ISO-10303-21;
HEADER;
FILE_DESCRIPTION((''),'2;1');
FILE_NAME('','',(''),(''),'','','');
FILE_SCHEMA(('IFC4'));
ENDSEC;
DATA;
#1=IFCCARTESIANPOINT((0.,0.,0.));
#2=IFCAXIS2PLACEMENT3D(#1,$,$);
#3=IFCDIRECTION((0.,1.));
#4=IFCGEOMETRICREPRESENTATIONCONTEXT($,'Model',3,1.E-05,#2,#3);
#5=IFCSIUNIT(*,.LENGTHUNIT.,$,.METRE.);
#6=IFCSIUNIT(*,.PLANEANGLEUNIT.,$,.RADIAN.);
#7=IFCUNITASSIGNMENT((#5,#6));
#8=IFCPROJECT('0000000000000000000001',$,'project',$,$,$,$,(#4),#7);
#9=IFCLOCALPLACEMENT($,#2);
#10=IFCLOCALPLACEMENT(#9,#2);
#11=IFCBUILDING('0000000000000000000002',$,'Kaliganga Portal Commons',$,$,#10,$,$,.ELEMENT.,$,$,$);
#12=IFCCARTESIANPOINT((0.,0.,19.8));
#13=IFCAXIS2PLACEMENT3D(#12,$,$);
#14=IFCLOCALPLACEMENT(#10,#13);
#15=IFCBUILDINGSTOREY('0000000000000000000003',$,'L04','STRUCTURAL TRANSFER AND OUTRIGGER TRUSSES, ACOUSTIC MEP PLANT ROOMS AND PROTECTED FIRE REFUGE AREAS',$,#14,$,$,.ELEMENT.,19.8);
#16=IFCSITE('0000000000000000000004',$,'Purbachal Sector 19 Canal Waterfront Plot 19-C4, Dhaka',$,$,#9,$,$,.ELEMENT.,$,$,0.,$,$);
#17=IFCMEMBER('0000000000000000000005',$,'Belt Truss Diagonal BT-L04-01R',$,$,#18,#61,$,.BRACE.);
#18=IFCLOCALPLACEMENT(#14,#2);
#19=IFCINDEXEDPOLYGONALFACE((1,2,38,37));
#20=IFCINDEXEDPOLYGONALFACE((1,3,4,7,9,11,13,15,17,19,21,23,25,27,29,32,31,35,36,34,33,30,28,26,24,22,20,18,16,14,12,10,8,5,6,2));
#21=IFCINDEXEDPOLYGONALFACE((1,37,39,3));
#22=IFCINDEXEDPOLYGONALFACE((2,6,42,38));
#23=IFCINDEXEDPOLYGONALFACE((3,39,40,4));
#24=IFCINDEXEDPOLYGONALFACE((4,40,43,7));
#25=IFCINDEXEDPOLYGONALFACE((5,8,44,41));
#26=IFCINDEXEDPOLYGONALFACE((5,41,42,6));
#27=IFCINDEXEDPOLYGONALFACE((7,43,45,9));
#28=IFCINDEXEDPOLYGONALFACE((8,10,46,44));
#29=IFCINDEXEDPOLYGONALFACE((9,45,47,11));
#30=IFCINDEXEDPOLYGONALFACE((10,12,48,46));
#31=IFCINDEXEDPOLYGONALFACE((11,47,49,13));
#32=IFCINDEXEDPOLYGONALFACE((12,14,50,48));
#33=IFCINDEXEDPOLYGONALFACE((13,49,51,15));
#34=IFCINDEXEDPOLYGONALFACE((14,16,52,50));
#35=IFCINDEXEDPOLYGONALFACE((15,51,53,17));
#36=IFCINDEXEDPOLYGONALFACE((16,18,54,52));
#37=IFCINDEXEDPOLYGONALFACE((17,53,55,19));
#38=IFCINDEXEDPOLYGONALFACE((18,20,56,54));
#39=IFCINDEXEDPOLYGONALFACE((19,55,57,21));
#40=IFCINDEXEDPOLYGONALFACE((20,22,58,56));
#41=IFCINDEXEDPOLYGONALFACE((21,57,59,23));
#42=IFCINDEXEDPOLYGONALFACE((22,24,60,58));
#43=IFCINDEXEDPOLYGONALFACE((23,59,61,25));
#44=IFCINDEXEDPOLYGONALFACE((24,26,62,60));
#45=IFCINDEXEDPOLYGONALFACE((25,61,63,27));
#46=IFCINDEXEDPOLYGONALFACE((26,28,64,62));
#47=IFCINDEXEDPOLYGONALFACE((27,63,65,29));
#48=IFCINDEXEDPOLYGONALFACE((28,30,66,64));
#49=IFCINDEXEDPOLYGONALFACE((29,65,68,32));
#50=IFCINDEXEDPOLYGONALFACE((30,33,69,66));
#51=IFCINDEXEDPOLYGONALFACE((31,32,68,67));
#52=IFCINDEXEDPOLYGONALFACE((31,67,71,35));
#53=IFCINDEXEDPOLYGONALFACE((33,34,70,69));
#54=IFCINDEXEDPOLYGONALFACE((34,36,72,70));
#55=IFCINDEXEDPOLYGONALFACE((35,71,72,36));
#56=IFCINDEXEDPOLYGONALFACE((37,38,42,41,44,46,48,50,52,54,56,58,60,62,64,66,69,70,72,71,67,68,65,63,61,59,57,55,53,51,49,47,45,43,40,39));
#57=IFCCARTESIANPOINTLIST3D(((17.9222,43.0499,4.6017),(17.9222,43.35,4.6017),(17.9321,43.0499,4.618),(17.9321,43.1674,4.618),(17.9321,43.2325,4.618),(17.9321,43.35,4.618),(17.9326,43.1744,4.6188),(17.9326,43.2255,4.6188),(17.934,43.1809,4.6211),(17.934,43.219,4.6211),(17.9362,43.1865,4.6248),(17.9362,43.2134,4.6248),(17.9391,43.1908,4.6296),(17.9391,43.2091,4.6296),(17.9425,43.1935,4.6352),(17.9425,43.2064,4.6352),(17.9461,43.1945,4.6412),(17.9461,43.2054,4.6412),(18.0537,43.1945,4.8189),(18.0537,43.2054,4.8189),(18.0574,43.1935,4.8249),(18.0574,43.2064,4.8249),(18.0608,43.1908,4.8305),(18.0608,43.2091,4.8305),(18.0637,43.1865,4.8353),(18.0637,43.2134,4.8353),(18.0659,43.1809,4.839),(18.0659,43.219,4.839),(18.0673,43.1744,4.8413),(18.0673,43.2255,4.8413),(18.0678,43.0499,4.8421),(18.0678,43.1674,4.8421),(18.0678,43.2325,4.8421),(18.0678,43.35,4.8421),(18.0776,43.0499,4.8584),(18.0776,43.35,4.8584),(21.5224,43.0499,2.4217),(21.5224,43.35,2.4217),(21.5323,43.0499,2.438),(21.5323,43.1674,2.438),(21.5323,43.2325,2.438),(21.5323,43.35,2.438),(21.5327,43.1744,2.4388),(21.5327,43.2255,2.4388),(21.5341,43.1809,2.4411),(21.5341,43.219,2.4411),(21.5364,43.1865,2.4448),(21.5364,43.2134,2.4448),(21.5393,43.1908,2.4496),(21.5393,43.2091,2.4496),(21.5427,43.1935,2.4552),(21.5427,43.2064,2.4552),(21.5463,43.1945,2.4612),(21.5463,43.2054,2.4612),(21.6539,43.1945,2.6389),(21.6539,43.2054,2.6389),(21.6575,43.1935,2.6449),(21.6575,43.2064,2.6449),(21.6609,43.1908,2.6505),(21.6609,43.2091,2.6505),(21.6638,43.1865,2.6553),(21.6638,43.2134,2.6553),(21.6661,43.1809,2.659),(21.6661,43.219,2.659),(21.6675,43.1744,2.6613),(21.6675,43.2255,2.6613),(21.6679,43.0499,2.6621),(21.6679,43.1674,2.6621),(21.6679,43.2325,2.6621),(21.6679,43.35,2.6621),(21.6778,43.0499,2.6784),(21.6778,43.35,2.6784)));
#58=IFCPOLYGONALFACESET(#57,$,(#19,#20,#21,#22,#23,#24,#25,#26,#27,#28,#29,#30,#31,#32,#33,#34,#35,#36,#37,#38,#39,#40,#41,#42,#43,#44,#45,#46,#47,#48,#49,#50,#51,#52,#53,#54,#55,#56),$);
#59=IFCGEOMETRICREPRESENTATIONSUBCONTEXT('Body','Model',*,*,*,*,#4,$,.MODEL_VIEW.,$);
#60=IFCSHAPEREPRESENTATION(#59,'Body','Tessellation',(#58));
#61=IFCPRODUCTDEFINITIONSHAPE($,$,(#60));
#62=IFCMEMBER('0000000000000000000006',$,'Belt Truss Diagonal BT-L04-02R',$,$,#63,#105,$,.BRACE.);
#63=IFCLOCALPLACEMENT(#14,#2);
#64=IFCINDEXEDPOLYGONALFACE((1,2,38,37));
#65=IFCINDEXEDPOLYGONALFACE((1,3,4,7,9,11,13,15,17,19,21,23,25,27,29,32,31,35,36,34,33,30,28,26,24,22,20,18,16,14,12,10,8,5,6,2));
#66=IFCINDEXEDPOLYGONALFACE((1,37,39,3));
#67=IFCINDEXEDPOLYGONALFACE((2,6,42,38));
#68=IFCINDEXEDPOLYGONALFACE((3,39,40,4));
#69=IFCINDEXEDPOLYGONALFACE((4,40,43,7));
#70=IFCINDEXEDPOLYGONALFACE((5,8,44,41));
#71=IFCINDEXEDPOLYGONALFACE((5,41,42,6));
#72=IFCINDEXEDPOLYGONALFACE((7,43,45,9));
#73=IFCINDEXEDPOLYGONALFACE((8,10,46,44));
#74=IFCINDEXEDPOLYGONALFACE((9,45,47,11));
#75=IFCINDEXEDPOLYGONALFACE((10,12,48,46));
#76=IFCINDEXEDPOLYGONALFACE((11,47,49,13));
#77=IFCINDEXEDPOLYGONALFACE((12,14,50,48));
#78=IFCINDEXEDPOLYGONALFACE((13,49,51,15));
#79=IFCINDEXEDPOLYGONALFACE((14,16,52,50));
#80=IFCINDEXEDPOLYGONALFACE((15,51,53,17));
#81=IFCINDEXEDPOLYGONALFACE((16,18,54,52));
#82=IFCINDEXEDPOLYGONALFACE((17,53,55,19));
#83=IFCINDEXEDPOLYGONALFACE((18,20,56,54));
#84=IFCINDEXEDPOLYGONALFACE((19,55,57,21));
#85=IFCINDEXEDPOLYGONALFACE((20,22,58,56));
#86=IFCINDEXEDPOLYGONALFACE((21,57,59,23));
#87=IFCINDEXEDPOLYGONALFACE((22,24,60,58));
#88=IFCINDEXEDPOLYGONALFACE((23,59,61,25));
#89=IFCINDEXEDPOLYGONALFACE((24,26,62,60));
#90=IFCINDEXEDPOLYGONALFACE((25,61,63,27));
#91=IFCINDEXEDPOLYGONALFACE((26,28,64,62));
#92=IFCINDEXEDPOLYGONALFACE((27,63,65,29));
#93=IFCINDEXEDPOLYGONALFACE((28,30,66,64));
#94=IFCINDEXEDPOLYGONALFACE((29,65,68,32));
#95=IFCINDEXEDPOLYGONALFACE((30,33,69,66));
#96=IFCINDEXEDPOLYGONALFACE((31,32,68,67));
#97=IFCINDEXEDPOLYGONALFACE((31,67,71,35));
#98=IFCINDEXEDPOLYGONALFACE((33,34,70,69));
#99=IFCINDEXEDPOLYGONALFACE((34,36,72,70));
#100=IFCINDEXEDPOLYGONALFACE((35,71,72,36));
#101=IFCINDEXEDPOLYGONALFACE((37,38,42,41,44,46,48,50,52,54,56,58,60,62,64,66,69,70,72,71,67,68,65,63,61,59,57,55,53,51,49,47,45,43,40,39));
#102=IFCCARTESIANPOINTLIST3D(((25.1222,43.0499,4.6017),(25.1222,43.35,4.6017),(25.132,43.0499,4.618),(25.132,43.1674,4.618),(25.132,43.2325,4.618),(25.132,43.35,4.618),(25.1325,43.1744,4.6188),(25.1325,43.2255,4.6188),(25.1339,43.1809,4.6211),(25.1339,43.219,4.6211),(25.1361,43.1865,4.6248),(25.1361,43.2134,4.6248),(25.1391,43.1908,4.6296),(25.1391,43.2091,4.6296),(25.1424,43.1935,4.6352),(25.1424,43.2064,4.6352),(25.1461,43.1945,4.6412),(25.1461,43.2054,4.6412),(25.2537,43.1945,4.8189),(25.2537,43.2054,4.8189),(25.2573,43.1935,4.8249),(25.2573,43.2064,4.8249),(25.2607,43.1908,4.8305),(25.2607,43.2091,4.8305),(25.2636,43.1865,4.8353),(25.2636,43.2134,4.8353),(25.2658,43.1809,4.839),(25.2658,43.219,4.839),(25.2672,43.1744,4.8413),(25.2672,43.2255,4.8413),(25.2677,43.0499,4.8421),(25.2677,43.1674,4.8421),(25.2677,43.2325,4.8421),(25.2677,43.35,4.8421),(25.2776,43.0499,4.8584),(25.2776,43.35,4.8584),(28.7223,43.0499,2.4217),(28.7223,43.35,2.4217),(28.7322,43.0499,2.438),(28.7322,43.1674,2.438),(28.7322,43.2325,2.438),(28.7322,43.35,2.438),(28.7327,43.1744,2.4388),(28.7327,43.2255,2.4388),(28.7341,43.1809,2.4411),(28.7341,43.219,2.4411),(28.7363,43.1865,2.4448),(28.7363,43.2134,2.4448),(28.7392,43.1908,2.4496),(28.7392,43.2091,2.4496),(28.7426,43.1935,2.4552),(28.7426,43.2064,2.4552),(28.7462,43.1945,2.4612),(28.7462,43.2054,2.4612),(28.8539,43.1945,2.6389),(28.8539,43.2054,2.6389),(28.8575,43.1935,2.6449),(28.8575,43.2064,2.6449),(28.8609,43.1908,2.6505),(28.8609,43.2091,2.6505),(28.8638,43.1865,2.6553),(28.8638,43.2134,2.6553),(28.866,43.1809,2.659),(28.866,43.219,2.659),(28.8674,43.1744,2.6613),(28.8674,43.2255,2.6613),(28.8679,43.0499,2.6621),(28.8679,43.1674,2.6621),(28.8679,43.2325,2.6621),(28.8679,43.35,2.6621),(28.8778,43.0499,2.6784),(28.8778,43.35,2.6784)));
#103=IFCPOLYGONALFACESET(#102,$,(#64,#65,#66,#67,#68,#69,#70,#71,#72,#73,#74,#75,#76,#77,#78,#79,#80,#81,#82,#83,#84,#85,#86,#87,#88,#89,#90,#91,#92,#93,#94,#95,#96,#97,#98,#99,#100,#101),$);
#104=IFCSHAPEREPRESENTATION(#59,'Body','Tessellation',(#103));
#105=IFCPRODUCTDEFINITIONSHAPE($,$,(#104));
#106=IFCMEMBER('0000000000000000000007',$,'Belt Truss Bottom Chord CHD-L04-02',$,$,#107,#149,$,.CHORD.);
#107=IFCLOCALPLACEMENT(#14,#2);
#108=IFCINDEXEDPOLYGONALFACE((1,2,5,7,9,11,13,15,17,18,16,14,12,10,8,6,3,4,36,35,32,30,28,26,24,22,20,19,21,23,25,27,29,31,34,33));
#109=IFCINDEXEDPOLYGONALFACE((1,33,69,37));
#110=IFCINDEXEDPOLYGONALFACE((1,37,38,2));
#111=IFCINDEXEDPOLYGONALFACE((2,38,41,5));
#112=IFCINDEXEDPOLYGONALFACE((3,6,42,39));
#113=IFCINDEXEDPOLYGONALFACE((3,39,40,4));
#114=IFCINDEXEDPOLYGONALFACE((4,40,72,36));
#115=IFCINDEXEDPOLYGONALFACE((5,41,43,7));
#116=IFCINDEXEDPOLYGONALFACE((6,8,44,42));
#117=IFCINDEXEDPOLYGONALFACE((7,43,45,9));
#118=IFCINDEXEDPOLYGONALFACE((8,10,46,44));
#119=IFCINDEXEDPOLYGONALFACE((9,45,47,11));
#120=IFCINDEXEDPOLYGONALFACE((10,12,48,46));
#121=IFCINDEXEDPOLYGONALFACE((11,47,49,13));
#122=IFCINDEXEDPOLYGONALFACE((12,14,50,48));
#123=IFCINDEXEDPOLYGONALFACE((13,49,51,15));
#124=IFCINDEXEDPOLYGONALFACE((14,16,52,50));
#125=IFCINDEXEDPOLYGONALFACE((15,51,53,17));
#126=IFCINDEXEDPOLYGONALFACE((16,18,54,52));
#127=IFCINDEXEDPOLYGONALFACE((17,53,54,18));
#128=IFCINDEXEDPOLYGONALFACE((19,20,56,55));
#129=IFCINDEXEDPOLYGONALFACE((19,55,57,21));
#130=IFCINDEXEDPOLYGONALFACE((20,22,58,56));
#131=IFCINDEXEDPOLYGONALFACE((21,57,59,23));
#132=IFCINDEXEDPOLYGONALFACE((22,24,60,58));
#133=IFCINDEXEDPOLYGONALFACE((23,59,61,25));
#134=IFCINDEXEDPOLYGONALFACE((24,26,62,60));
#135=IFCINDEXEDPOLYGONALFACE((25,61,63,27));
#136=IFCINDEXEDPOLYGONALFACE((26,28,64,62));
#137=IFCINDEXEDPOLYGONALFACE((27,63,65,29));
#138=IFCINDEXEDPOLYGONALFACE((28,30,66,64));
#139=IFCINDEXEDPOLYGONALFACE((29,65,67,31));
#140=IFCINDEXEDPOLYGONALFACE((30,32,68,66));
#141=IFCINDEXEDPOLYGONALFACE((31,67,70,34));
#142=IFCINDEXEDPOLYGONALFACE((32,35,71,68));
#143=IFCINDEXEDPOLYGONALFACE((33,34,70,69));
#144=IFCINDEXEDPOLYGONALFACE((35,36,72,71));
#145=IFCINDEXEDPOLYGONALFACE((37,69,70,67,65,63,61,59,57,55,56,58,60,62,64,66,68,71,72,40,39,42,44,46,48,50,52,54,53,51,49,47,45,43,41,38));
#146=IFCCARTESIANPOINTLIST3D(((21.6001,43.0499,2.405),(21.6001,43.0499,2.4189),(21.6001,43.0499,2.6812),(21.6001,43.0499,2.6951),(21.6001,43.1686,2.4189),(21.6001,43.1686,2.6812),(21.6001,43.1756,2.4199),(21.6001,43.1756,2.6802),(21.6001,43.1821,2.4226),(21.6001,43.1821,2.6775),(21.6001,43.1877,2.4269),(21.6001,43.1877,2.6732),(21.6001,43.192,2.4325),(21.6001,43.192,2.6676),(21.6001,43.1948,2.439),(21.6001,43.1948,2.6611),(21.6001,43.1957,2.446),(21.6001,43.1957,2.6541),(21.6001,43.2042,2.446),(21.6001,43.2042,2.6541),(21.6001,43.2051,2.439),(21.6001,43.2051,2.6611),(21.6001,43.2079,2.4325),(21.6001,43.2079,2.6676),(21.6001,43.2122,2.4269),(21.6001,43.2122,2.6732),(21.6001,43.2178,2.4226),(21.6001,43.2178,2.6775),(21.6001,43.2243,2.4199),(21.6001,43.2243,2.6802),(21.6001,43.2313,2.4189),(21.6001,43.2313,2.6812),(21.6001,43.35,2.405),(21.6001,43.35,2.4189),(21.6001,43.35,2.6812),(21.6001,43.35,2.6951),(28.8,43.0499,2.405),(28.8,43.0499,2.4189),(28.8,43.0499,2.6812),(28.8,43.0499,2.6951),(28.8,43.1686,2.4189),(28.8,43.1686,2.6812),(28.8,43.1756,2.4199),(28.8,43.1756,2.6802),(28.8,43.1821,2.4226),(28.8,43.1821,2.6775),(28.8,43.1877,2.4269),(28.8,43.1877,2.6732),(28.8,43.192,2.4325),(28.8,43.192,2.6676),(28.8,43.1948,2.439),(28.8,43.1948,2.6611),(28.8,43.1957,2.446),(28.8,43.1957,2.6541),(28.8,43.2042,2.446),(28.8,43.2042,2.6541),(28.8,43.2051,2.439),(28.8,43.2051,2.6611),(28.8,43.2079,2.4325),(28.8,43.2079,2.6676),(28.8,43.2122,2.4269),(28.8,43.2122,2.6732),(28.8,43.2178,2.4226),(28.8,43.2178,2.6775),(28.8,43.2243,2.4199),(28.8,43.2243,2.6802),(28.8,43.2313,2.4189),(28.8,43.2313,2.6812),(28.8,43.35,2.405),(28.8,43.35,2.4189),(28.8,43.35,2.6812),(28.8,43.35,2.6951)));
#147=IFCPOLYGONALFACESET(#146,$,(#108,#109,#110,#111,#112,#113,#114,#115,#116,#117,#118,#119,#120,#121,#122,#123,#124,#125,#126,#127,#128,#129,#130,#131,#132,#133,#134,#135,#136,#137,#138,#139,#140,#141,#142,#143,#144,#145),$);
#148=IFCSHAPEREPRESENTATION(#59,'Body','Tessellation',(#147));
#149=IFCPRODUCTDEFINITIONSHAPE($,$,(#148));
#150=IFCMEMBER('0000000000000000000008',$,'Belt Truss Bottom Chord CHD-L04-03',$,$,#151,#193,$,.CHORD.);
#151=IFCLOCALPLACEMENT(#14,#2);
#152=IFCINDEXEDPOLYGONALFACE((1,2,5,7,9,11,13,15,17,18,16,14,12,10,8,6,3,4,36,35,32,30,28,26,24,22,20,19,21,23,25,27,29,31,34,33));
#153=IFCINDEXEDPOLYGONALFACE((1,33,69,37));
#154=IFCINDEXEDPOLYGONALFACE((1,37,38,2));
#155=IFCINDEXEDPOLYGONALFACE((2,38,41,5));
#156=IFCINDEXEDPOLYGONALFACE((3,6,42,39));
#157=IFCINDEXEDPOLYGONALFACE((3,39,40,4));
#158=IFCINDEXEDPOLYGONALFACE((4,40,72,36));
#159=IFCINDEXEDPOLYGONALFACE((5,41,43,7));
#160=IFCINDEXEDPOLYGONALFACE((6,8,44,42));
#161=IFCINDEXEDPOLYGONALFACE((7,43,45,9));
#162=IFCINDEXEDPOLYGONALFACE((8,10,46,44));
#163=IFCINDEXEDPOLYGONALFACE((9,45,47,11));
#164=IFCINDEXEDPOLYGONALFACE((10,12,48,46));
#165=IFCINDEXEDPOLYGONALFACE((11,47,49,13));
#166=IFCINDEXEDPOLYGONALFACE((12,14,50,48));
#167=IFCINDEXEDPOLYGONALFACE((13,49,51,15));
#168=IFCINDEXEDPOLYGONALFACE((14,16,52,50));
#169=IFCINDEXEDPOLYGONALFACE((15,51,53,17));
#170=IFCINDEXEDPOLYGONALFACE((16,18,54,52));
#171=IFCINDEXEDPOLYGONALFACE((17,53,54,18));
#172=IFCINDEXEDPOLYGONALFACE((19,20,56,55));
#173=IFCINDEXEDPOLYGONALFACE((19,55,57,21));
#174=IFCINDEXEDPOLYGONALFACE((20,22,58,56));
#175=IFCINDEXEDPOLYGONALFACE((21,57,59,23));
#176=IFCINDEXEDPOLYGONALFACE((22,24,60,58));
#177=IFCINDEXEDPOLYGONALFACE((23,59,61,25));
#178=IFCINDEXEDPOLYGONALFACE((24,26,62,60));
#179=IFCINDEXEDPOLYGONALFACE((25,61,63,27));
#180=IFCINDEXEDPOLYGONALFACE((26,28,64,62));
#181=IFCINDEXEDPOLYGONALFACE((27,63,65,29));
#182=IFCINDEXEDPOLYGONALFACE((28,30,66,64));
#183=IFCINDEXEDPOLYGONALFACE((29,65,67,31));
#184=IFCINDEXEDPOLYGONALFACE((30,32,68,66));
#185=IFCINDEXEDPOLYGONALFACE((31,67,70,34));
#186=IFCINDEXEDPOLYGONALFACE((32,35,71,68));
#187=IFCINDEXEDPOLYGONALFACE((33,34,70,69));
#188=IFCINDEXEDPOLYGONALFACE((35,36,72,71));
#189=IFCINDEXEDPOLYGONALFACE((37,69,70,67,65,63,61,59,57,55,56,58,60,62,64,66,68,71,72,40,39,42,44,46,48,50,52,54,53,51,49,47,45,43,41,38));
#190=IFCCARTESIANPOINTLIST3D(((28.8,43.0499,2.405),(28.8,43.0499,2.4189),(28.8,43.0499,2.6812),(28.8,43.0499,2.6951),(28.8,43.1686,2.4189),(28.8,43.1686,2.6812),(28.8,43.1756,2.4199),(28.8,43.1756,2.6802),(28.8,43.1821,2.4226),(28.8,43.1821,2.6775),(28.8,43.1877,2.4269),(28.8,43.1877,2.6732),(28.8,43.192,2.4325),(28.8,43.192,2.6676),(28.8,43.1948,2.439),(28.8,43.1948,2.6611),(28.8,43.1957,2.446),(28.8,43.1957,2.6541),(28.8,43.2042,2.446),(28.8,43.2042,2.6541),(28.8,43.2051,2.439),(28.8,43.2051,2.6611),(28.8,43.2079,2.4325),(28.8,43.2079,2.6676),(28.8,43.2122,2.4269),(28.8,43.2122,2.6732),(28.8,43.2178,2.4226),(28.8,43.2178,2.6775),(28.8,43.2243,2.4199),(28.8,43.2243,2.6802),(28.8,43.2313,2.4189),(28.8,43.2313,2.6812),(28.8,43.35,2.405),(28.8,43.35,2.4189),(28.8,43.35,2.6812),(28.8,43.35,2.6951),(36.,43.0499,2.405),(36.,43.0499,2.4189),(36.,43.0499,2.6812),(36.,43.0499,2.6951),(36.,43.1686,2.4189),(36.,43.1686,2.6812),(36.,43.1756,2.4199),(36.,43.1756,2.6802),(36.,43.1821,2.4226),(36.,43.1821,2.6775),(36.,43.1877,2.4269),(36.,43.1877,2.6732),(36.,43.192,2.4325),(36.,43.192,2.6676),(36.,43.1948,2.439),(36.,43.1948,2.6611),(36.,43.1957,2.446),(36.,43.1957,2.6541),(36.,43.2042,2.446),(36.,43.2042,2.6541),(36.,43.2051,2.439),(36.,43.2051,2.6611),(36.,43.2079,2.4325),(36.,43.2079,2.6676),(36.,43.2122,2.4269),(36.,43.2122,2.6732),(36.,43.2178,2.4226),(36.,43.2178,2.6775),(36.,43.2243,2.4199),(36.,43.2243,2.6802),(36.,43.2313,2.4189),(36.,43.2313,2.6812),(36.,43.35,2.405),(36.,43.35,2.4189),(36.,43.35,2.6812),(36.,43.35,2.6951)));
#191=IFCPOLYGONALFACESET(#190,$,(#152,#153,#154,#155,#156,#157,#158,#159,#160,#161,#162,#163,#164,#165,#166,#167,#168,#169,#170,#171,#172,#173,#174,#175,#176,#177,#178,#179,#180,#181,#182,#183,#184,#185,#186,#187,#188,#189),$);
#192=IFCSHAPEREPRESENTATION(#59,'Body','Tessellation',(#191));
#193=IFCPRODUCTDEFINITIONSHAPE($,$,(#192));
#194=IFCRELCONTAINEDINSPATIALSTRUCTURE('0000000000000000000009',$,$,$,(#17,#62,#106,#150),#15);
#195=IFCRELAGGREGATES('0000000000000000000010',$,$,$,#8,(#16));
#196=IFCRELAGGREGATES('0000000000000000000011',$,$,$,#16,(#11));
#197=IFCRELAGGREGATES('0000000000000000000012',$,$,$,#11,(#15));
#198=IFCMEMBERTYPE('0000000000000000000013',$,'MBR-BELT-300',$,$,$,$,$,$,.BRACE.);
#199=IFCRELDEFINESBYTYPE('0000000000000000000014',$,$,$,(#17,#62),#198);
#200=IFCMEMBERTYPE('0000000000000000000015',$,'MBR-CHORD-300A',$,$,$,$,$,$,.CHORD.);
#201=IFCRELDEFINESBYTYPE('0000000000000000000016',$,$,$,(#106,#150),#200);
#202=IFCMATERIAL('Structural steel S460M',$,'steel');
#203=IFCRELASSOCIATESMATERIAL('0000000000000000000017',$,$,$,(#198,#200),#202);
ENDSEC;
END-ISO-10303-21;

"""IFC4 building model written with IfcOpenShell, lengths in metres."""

from ifc_helpers import new_model, si_unit, direction, frame, origin, origin_2d, place, context, subcontext, project, spatial, i_section, extrude, source, transform, mapped, material, material_profile, profile_set, type_object, element, save


model = new_model("IFC4")

# Units and contexts
model_context = context("Model", 3, precision=1e-05, world=origin(), true_north=direction((0.0, 1.0)))
body_context = subcontext(model_context, "Body", "Model", "MODEL_VIEW")
ifc_project = project(units=[si_unit("LENGTHUNIT", "METRE"), si_unit("PLANEANGLEUNIT", "RADIAN")], contexts=[model_context])

# Site, building, storey
site_placement = place(None, origin())
site = spatial("IfcSite", under=ifc_project, at=site_placement, Name="Purbachal Sector 19 Canal Waterfront Plot 19-C4, Dhaka", CompositionType="ELEMENT", RefElevation=0.0)
building_placement = place(site_placement, origin())
building = spatial("IfcBuilding", under=site, at=building_placement, Name="Kaliganga Portal Commons", CompositionType="ELEMENT")
storey_placement = place(building_placement, frame((0.0, 0.0, 19.8)))
storey = spatial("IfcBuildingStorey", under=building, at=storey_placement, Name="L04", Description="STRUCTURAL TRANSFER AND OUTRIGGER TRUSSES, ACOUSTIC MEP PLANT ROOMS AND PROTECTED FIRE REFUGE AREAS", CompositionType="ELEMENT", Elevation=19.8)

# Members
ifc_material_1 = material(Name="Structural steel S460M", Category="steel")
ifc_material_profile_1 = material_profile(ifc_material_1, i_section(OverallWidth=0.3, OverallDepth=0.3, WebThickness=0.011, FlangeThickness=0.019, FilletRadius=0.0271, at=origin_2d()), Name="HE 300 B")
ifc_profile_set_1 = profile_set([ifc_material_profile_1], Name="Structural steel S460M wide-flange")
member_type_1 = type_object("IfcMemberType", Name="MBR-BELT-300", PredefinedType="BRACE", material=ifc_profile_set_1)
shared_shape_1 = source(origin(), body_context, "Body", "SweptSolid", [
    extrude(i_section(OverallWidth=0.3, OverallDepth=0.3, WebThickness=0.011, FlangeThickness=0.019, FilletRadius=0.0271, at=origin_2d()), origin(), (0.0, 0.0, 1.0), 4.2087),
])
for number, where, z_axis, x_axis, name in (
    (1, (21.6001, 43.2, 2.55), (-0.855403, 0.0, 0.517964), (0.0, -1.0, 0.0), "Belt Truss Diagonal BT-L04-01R"),
    (2, (28.8, 43.2, 2.55), (-0.855403, 0.0, 0.517964), (0.0, -1.0, 0.0), "Belt Truss Diagonal BT-L04-02R"),
):
    element("IfcMember", number, at=place(storey_placement, frame(where, z_axis=z_axis, x_axis=x_axis)), inside=storey, type_object=member_type_1, Name=name, PredefinedType="BRACE", context=body_context, shape_type="MappedRepresentation", body=[
        mapped(shared_shape_1, transform((0.0, 0.0, 0.0), x_axis=(1.0, 0.0, 0.0), y_axis=(0.0, 1.0, 0.0), z_axis=(0.0, 0.0, 1.0), scale=1.0)),
    ])
ifc_material_profile_2 = material_profile(ifc_material_1, i_section(OverallWidth=0.3, OverallDepth=0.29, WebThickness=0.0085, FlangeThickness=0.0139, FilletRadius=0.0271, at=origin_2d()), Name="HE 300 A")
ifc_profile_set_2 = profile_set([ifc_material_profile_2], Name="Structural steel S460M wide-flange")
member_type_2 = type_object("IfcMemberType", Name="MBR-CHORD-300A", PredefinedType="CHORD", material=ifc_profile_set_2)
shared_shape_2 = source(origin(), body_context, "Body", "SweptSolid", [
    extrude(i_section(OverallWidth=0.3, OverallDepth=0.29, WebThickness=0.0085, FlangeThickness=0.0139, FilletRadius=0.0271, at=origin_2d()), origin(), (0.0, 0.0, 1.0), 7.2),
])
for number, where, z_axis, x_axis, name in (
    (3, (21.6001, 43.2, 2.55), (1.0, 0.0, 0.0), (0.0, 1.0, 0.0), "Belt Truss Bottom Chord CHD-L04-02"),
    (4, (28.8, 43.2, 2.55), (1.0, 0.0, 0.0), (0.0, 1.0, 0.0), "Belt Truss Bottom Chord CHD-L04-03"),
):
    element("IfcMember", number, at=place(storey_placement, frame(where, z_axis=z_axis, x_axis=x_axis)), inside=storey, type_object=member_type_2, Name=name, PredefinedType="CHORD", context=body_context, shape_type="MappedRepresentation", body=[
        mapped(shared_shape_2, transform((0.0, 0.0, 0.0), x_axis=(1.0, 0.0, 0.0), y_axis=(0.0, 1.0, 0.0), z_axis=(0.0, 0.0, 1.0), scale=1.0)),
    ])

save(model, "model.ifc")
